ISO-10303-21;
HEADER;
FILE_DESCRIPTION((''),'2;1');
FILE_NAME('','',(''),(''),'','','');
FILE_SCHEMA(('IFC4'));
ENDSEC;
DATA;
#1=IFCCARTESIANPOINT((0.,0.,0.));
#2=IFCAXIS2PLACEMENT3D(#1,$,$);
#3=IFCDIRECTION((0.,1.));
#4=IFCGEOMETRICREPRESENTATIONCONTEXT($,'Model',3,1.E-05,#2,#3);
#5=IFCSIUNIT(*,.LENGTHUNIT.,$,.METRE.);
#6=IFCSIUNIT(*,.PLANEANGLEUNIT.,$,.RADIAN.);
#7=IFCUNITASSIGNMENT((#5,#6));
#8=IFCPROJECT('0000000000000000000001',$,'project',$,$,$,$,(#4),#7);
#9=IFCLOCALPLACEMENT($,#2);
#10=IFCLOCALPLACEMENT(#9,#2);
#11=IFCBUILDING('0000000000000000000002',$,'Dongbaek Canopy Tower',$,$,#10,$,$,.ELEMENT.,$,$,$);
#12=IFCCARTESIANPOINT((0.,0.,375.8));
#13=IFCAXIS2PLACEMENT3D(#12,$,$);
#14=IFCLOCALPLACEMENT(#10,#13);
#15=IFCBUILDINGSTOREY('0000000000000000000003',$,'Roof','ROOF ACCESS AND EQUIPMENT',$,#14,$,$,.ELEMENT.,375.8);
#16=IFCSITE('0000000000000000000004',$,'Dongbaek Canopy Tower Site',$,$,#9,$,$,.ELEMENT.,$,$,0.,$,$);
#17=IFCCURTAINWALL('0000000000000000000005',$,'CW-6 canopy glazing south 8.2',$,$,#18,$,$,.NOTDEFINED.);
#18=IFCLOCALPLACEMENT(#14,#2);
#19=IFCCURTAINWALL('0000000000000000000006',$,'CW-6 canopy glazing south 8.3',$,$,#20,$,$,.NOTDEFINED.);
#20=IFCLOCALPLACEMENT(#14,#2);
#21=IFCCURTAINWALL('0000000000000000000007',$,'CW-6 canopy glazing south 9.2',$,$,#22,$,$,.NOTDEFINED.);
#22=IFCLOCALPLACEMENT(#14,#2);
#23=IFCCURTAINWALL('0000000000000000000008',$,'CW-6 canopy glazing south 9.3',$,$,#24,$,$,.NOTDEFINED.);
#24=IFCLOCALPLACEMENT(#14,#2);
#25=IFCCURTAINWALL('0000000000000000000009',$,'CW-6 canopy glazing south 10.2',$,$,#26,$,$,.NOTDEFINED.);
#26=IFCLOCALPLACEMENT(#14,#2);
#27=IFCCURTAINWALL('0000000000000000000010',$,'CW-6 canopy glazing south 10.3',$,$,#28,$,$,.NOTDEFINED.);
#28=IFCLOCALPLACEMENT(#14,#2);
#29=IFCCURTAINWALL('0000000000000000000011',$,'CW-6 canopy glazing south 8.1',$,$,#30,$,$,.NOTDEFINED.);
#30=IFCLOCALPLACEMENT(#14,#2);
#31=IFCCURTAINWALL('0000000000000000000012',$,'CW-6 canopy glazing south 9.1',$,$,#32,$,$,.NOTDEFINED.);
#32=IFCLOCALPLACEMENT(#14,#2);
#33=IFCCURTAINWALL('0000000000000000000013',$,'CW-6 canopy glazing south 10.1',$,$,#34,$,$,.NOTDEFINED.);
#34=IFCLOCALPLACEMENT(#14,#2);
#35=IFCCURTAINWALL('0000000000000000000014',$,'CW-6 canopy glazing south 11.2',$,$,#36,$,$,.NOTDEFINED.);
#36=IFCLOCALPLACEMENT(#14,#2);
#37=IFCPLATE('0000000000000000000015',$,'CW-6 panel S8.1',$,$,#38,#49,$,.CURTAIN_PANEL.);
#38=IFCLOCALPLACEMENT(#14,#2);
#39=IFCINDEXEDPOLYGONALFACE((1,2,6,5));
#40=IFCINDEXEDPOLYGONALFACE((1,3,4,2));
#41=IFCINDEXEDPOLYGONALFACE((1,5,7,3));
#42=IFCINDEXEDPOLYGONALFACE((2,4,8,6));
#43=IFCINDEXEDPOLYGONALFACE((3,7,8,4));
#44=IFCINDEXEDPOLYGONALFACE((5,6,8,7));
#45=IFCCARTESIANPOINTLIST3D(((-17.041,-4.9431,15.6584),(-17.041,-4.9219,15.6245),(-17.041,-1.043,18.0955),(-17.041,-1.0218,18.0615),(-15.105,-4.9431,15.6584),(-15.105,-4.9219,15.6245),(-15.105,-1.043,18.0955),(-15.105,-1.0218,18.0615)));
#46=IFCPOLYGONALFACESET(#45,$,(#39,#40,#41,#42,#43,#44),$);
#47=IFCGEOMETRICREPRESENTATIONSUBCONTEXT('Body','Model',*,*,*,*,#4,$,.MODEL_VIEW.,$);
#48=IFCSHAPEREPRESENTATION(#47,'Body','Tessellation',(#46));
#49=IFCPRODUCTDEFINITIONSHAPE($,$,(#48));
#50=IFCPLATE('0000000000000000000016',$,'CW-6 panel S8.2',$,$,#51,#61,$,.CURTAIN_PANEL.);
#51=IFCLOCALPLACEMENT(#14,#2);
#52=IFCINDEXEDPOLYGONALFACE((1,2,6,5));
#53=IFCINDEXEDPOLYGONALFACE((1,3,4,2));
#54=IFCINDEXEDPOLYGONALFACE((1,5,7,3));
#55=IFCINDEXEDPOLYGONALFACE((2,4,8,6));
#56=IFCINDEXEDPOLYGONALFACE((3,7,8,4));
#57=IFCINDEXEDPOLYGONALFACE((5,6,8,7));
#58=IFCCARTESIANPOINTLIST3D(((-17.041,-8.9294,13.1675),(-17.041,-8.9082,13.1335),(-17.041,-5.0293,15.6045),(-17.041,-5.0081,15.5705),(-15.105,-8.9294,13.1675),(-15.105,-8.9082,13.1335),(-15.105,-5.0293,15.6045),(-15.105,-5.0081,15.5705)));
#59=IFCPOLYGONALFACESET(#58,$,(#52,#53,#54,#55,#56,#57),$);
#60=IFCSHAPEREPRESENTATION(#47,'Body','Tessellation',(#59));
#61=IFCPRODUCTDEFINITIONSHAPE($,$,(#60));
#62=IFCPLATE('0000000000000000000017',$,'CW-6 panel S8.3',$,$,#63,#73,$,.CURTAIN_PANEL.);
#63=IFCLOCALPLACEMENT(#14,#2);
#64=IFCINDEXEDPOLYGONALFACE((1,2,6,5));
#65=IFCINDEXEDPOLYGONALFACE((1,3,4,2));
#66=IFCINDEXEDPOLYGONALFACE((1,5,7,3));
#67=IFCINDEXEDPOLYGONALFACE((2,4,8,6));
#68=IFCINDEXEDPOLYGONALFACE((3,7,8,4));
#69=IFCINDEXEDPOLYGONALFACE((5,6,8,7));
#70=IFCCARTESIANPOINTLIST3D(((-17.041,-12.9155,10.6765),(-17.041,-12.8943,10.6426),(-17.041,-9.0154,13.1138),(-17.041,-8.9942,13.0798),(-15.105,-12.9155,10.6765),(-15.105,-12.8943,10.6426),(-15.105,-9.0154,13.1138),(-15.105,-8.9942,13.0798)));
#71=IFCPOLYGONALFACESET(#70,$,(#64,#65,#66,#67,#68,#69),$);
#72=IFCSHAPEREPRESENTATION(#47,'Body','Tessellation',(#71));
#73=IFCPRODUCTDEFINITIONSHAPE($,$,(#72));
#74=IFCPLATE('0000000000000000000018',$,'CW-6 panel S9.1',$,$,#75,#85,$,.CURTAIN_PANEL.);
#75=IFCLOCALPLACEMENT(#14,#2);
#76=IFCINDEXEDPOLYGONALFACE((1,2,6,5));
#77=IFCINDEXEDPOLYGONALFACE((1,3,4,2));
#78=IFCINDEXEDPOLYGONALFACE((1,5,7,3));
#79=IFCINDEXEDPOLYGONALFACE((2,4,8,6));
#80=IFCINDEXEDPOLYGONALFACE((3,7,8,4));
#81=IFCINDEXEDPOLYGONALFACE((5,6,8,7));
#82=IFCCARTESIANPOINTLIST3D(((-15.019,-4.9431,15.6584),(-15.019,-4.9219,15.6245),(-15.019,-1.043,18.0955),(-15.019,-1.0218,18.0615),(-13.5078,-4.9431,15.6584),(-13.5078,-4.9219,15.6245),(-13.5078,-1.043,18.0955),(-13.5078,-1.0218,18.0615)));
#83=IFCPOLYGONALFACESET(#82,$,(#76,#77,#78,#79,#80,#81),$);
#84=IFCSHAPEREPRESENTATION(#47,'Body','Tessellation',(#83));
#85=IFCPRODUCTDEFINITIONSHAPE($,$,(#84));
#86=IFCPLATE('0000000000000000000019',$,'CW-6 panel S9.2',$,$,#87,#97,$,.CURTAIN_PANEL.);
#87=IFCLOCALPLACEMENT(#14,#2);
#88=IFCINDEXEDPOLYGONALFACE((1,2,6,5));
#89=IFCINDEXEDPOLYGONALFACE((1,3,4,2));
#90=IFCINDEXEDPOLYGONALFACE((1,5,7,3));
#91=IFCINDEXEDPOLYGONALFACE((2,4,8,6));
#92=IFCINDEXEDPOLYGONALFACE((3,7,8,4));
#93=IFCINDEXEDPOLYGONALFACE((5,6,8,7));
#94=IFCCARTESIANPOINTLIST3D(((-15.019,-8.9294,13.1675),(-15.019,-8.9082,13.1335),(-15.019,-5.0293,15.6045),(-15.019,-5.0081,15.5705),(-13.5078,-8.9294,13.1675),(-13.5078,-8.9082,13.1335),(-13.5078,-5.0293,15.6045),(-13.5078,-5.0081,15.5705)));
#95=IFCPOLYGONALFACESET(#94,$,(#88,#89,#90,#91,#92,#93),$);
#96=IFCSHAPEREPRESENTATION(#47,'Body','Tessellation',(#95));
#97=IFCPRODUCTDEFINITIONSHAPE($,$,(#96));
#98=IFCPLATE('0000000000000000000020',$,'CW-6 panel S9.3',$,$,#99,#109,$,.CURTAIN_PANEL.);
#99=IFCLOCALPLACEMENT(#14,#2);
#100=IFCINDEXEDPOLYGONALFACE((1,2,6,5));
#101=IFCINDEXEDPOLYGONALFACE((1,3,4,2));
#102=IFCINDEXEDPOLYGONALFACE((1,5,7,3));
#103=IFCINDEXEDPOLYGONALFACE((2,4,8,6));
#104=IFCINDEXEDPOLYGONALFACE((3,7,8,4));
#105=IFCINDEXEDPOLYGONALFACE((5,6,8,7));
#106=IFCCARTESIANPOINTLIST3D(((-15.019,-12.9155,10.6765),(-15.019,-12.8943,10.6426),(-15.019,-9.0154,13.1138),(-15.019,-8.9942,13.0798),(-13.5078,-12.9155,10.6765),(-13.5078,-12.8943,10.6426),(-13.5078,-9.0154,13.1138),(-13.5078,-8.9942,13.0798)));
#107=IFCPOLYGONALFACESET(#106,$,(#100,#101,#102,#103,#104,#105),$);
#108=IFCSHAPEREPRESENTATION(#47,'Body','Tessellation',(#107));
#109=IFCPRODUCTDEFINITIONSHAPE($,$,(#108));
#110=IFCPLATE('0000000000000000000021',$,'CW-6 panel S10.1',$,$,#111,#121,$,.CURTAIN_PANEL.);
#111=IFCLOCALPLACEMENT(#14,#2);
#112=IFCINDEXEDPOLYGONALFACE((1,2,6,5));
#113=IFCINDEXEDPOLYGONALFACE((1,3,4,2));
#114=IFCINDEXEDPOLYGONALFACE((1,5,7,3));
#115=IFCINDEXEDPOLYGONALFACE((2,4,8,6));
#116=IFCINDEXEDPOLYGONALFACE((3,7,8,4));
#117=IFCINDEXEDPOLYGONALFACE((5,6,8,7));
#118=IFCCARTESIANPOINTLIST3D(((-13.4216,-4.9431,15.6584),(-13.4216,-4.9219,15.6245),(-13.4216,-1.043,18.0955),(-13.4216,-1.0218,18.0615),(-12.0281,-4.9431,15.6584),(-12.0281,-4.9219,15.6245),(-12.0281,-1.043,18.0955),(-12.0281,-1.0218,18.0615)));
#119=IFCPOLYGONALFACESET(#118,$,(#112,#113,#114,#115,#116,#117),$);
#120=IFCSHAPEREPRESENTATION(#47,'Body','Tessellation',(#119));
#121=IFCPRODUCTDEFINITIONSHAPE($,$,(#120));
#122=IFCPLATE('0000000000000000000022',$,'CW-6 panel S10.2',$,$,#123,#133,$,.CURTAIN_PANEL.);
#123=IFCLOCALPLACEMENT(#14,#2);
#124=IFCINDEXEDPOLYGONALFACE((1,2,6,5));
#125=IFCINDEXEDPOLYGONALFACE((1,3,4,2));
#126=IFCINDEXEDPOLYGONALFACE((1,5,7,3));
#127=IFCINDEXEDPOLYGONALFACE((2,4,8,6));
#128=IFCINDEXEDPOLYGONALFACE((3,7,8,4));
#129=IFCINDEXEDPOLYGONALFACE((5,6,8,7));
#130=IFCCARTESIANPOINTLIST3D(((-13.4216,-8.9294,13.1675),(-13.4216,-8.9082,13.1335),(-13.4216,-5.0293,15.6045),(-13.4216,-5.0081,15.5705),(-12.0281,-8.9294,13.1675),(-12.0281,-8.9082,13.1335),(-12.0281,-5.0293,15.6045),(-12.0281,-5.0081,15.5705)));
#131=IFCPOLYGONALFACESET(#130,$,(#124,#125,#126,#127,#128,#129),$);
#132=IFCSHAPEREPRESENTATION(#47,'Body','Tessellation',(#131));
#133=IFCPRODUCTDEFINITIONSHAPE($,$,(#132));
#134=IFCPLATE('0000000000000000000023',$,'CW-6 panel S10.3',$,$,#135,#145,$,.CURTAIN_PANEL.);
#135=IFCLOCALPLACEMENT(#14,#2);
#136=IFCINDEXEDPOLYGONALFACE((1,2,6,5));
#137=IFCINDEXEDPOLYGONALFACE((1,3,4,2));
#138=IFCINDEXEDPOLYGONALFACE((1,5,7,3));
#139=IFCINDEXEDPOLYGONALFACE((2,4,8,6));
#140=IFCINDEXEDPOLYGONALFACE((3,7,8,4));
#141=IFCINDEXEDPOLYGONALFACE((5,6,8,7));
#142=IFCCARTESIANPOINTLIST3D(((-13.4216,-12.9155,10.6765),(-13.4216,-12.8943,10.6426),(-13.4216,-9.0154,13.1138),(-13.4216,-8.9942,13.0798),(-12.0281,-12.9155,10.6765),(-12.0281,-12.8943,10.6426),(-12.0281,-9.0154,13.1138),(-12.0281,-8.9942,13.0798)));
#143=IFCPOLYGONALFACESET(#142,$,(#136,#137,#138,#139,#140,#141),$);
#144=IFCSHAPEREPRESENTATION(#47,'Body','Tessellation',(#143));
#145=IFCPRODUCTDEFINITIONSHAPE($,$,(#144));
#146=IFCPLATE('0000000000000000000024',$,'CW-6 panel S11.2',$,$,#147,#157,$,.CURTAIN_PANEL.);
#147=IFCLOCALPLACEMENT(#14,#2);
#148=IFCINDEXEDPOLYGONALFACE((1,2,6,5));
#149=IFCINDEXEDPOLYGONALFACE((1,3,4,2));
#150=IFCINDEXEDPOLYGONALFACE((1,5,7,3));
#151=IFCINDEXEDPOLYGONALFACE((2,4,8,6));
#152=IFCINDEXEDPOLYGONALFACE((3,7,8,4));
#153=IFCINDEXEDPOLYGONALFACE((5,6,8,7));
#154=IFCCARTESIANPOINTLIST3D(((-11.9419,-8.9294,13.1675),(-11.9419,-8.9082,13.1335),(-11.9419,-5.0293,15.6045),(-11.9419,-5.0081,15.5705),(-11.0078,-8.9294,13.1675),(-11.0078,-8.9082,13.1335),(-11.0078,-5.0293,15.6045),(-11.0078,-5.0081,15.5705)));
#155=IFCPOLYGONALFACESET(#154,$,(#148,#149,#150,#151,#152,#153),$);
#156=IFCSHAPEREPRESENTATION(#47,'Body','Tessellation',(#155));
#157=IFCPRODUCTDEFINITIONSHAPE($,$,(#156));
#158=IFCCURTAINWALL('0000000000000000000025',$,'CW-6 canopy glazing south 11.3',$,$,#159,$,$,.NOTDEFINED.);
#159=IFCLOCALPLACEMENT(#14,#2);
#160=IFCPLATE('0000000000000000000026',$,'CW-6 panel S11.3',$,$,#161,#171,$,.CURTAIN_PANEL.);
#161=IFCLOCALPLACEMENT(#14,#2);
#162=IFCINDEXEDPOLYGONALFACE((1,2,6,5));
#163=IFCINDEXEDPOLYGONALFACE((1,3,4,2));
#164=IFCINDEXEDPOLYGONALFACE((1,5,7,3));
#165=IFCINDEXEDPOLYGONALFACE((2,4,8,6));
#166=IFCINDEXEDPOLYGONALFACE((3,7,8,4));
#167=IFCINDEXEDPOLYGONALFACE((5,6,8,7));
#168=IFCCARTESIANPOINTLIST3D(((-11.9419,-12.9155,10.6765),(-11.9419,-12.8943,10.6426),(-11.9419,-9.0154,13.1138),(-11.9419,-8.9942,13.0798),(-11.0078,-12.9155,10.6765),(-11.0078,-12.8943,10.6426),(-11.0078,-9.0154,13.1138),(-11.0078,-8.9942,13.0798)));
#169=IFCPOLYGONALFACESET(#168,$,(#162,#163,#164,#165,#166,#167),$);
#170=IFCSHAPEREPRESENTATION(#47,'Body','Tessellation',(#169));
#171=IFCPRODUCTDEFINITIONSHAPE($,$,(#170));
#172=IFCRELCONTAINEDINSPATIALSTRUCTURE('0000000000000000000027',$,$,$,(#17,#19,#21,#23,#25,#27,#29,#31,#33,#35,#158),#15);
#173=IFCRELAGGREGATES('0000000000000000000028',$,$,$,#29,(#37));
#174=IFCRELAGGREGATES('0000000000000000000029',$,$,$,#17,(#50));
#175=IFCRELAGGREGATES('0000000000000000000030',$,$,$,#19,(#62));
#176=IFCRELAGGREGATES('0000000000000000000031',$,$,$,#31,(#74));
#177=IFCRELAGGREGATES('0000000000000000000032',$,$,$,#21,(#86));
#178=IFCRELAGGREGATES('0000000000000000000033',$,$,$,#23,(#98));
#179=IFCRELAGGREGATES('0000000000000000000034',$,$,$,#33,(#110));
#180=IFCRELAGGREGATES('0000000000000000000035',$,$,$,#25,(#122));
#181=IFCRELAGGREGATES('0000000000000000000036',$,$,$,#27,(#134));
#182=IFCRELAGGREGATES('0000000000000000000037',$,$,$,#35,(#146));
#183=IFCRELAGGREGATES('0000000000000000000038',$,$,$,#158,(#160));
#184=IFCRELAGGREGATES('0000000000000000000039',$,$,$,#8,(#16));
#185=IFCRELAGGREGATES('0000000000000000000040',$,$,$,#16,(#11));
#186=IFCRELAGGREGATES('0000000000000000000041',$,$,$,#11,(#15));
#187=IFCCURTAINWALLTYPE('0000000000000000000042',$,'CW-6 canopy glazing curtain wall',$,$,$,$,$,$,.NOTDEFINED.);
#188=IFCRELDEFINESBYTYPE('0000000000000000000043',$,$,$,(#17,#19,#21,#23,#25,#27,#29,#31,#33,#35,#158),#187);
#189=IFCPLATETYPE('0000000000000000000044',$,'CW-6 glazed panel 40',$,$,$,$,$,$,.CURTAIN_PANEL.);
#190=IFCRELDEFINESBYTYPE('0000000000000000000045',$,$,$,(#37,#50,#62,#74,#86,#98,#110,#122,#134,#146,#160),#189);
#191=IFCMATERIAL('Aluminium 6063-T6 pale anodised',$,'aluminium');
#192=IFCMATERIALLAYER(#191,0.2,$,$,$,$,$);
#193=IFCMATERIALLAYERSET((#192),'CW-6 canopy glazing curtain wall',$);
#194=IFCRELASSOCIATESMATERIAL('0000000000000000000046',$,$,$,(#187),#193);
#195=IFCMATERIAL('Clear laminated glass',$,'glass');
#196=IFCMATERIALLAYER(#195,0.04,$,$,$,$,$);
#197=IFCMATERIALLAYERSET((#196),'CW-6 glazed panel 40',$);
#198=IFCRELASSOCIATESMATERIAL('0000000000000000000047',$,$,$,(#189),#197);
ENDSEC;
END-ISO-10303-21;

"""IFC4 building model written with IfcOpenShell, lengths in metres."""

from ifc_helpers import new_model, si_unit, direction, frame, origin, place, context, subcontext, project, spatial, polyline, outline, extrude, material, layer, layer_set, type_object, element, aggregate, save


model = new_model("IFC4")

# Units and contexts
model_context = context("Model", 3, precision=1e-05, world=origin(), true_north=direction((0.0, 1.0)))
body_context = subcontext(model_context, "Body", "Model", "MODEL_VIEW")
ifc_project = project(units=[si_unit("LENGTHUNIT", "METRE"), si_unit("PLANEANGLEUNIT", "RADIAN")], contexts=[model_context])

# Site, building, storey
site_placement = place(None, origin())
site = spatial("IfcSite", under=ifc_project, at=site_placement, Name="Dongbaek Canopy Tower Site", CompositionType="ELEMENT", RefElevation=0.0)
building_placement = place(site_placement, origin())
building = spatial("IfcBuilding", under=site, at=building_placement, Name="Dongbaek Canopy Tower", CompositionType="ELEMENT")
storey_placement = place(building_placement, frame((0.0, 0.0, 375.8)))
storey = spatial("IfcBuildingStorey", under=building, at=storey_placement, Name="Roof", Description="ROOF ACCESS AND EQUIPMENT", CompositionType="ELEMENT", Elevation=375.8)

# Curtain walls
ifc_material_1 = material(Name="Aluminium 6063-T6 pale anodised", Category="aluminium")
ifc_layer_1 = layer(ifc_material_1, 0.2)
ifc_layer_set_1 = layer_set([ifc_layer_1], Name="CW-6 canopy glazing curtain wall")
curtain_wall_type = type_object("IfcCurtainWallType", Name="CW-6 canopy glazing curtain wall", PredefinedType="NOTDEFINED", material=ifc_layer_set_1)
curtain_wall_1_placement = place(storey_placement, origin())
curtain_wall_1 = element("IfcCurtainWall", 1, at=curtain_wall_1_placement, inside=storey, type_object=curtain_wall_type, Name="CW-6 canopy glazing south 8.2", PredefinedType="NOTDEFINED")
curtain_wall_2_placement = place(storey_placement, origin())
curtain_wall_2 = element("IfcCurtainWall", 2, at=curtain_wall_2_placement, inside=storey, type_object=curtain_wall_type, Name="CW-6 canopy glazing south 8.3", PredefinedType="NOTDEFINED")
curtain_wall_3_placement = place(storey_placement, origin())
curtain_wall_3 = element("IfcCurtainWall", 3, at=curtain_wall_3_placement, inside=storey, type_object=curtain_wall_type, Name="CW-6 canopy glazing south 9.2", PredefinedType="NOTDEFINED")
curtain_wall_4_placement = place(storey_placement, origin())
curtain_wall_4 = element("IfcCurtainWall", 4, at=curtain_wall_4_placement, inside=storey, type_object=curtain_wall_type, Name="CW-6 canopy glazing south 9.3", PredefinedType="NOTDEFINED")
curtain_wall_5_placement = place(storey_placement, origin())
curtain_wall_5 = element("IfcCurtainWall", 5, at=curtain_wall_5_placement, inside=storey, type_object=curtain_wall_type, Name="CW-6 canopy glazing south 10.2", PredefinedType="NOTDEFINED")
curtain_wall_6_placement = place(storey_placement, origin())
curtain_wall_6 = element("IfcCurtainWall", 6, at=curtain_wall_6_placement, inside=storey, type_object=curtain_wall_type, Name="CW-6 canopy glazing south 10.3", PredefinedType="NOTDEFINED")
curtain_wall_7_placement = place(storey_placement, origin())
curtain_wall_7 = element("IfcCurtainWall", 7, at=curtain_wall_7_placement, inside=storey, type_object=curtain_wall_type, Name="CW-6 canopy glazing south 8.1", PredefinedType="NOTDEFINED")
curtain_wall_8_placement = place(storey_placement, origin())
curtain_wall_8 = element("IfcCurtainWall", 8, at=curtain_wall_8_placement, inside=storey, type_object=curtain_wall_type, Name="CW-6 canopy glazing south 9.1", PredefinedType="NOTDEFINED")

# Curtain wall
curtain_wall_9_placement = place(storey_placement, origin())
curtain_wall_9 = element("IfcCurtainWall", 9, at=curtain_wall_9_placement, inside=storey, type_object=curtain_wall_type, Name="CW-6 canopy glazing south 10.1", PredefinedType="NOTDEFINED")

# Curtain wall
curtain_wall_10_placement = place(storey_placement, origin())
curtain_wall_10 = element("IfcCurtainWall", 10, at=curtain_wall_10_placement, inside=storey, type_object=curtain_wall_type, Name="CW-6 canopy glazing south 11.2", PredefinedType="NOTDEFINED")

# Plates
ifc_material_2 = material(Name="Clear laminated glass", Category="glass")
ifc_layer_2 = layer(ifc_material_2, 0.04)
ifc_layer_set_2 = layer_set([ifc_layer_2], Name="CW-6 glazed panel 40")
plate_type = type_object("IfcPlateType", Name="CW-6 glazed panel 40", PredefinedType="CURTAIN_PANEL", material=ifc_layer_set_2)
plate_1_placement = place(storey_placement, frame((-17.041, -1.043, 18.0955), z_axis=(0.0, -0.529908, 0.848055), x_axis=(1.0, 0.0, 0.0)))
plate_1 = element("IfcPlate", 11, at=plate_1_placement, type_object=plate_type, Name="CW-6 panel S8.1", PredefinedType="CURTAIN_PANEL", context=body_context, shape_type="SweptSolid", body=[
    extrude(outline(polyline([(0.0, 0.0), (1.936, 0.0), (1.936, -4.5989), (0.0, -4.5989), (0.0, 0.0)])), origin(), (0.0, 0.0, -1.0), 0.04),
])
aggregate(curtain_wall_7, [plate_1])
plate_2_placement = place(storey_placement, frame((-17.041, -5.0293, 15.6045), z_axis=(0.0, -0.529908, 0.848055), x_axis=(1.0, 0.0, 0.0)))
plate_2 = element("IfcPlate", 12, at=plate_2_placement, type_object=plate_type, Name="CW-6 panel S8.2", PredefinedType="CURTAIN_PANEL", context=body_context, shape_type="SweptSolid", body=[
    extrude(outline(polyline([(0.0, 0.0), (1.936, 0.0), (1.936, -4.5989), (0.0, -4.5989), (0.0, 0.0)])), origin(), (0.0, 0.0, -1.0), 0.04),
])
aggregate(curtain_wall_1, [plate_2])
plate_3_placement = place(storey_placement, frame((-17.041, -9.0154, 13.1138), z_axis=(0.0, -0.529946, 0.848031), x_axis=(1.0, 0.0, 0.0)))
plate_3 = element("IfcPlate", 13, at=plate_3_placement, type_object=plate_type, Name="CW-6 panel S8.3", PredefinedType="CURTAIN_PANEL", context=body_context, shape_type="SweptSolid", body=[
    extrude(outline(polyline([(0.0, 0.0), (1.936, 0.0), (1.936, -4.5991), (0.0, -4.5991), (0.0, 0.0)])), origin(), (0.0, 0.0, -1.0), 0.04),
])
aggregate(curtain_wall_2, [plate_3])
plate_4_placement = place(storey_placement, frame((-15.019, -1.043, 18.0955), z_axis=(0.0, -0.529908, 0.848055), x_axis=(1.0, 0.0, 0.0)))
plate_4 = element("IfcPlate", 14, at=plate_4_placement, type_object=plate_type, Name="CW-6 panel S9.1", PredefinedType="CURTAIN_PANEL", context=body_context, shape_type="SweptSolid", body=[
    extrude(outline(polyline([(0.0, 0.0), (1.5112, 0.0), (1.5112, -4.5989), (0.0, -4.5989), (0.0, 0.0)])), origin(), (0.0, 0.0, -1.0), 0.04),
])
aggregate(curtain_wall_8, [plate_4])
plate_5_placement = place(storey_placement, frame((-15.019, -5.0293, 15.6045), z_axis=(0.0, -0.529908, 0.848055), x_axis=(1.0, 0.0, 0.0)))
plate_5 = element("IfcPlate", 15, at=plate_5_placement, type_object=plate_type, Name="CW-6 panel S9.2", PredefinedType="CURTAIN_PANEL", context=body_context, shape_type="SweptSolid", body=[
    extrude(outline(polyline([(0.0, 0.0), (1.5112, 0.0), (1.5112, -4.5989), (0.0, -4.5989), (0.0, 0.0)])), origin(), (0.0, 0.0, -1.0), 0.04),
])
aggregate(curtain_wall_3, [plate_5])
plate_6_placement = place(storey_placement, frame((-15.019, -9.0154, 13.1138), z_axis=(0.0, -0.529946, 0.848031), x_axis=(1.0, 0.0, 0.0)))
plate_6 = element("IfcPlate", 16, at=plate_6_placement, type_object=plate_type, Name="CW-6 panel S9.3", PredefinedType="CURTAIN_PANEL", context=body_context, shape_type="SweptSolid", body=[
    extrude(outline(polyline([(0.0, 0.0), (1.5112, 0.0), (1.5112, -4.5991), (0.0, -4.5991), (0.0, 0.0)])), origin(), (0.0, 0.0, -1.0), 0.04),
])
aggregate(curtain_wall_4, [plate_6])
plate_7_placement = place(storey_placement, frame((-13.4216, -1.043, 18.0955), z_axis=(0.0, -0.529908, 0.848055), x_axis=(1.0, 0.0, 0.0)))
plate_7 = element("IfcPlate", 17, at=plate_7_placement, type_object=plate_type, Name="CW-6 panel S10.1", PredefinedType="CURTAIN_PANEL", context=body_context, shape_type="SweptSolid", body=[
    extrude(outline(polyline([(0.0, 0.0), (1.3936, 0.0), (1.3936, -4.5989), (0.0, -4.5989), (0.0, 0.0)])), origin(), (0.0, 0.0, -1.0), 0.04),
])
aggregate(curtain_wall_9, [plate_7])
plate_8_placement = place(storey_placement, frame((-13.4216, -5.0293, 15.6045), z_axis=(0.0, -0.529908, 0.848055), x_axis=(1.0, 0.0, 0.0)))
plate_8 = element("IfcPlate", 18, at=plate_8_placement, type_object=plate_type, Name="CW-6 panel S10.2", PredefinedType="CURTAIN_PANEL", context=body_context, shape_type="SweptSolid", body=[
    extrude(outline(polyline([(0.0, 0.0), (1.3936, 0.0), (1.3936, -4.5989), (0.0, -4.5989), (0.0, 0.0)])), origin(), (0.0, 0.0, -1.0), 0.04),
])
aggregate(curtain_wall_5, [plate_8])
plate_9_placement = place(storey_placement, frame((-13.4216, -9.0154, 13.1138), z_axis=(0.0, -0.529946, 0.848031), x_axis=(1.0, 0.0, 0.0)))
plate_9 = element("IfcPlate", 19, at=plate_9_placement, type_object=plate_type, Name="CW-6 panel S10.3", PredefinedType="CURTAIN_PANEL", context=body_context, shape_type="SweptSolid", body=[
    extrude(outline(polyline([(0.0, 0.0), (1.3936, 0.0), (1.3936, -4.5991), (0.0, -4.5991), (0.0, 0.0)])), origin(), (0.0, 0.0, -1.0), 0.04),
])
aggregate(curtain_wall_6, [plate_9])
plate_10_placement = place(storey_placement, frame((-11.9419, -5.0293, 15.6045), z_axis=(0.0, -0.529908, 0.848055), x_axis=(1.0, 0.0, 0.0)))
plate_10 = element("IfcPlate", 20, at=plate_10_placement, type_object=plate_type, Name="CW-6 panel S11.2", PredefinedType="CURTAIN_PANEL", context=body_context, shape_type="SweptSolid", body=[
    extrude(outline(polyline([(0.0, 0.0), (0.9341, 0.0), (0.9341, -4.5989), (0.0, -4.5989), (0.0, 0.0)])), origin(), (0.0, 0.0, -1.0), 0.04),
])
aggregate(curtain_wall_10, [plate_10])

# Curtain wall, plate
curtain_wall_11_placement = place(storey_placement, origin())
curtain_wall_11 = element("IfcCurtainWall", 21, at=curtain_wall_11_placement, inside=storey, type_object=curtain_wall_type, Name="CW-6 canopy glazing south 11.3", PredefinedType="NOTDEFINED")
plate_11_placement = place(storey_placement, frame((-11.9419, -9.0154, 13.1138), z_axis=(0.0, -0.529946, 0.848031), x_axis=(1.0, 0.0, 0.0)))
plate_11 = element("IfcPlate", 22, at=plate_11_placement, type_object=plate_type, Name="CW-6 panel S11.3", PredefinedType="CURTAIN_PANEL", context=body_context, shape_type="SweptSolid", body=[
    extrude(outline(polyline([(0.0, 0.0), (0.9341, 0.0), (0.9341, -4.5991), (0.0, -4.5991), (0.0, 0.0)])), origin(), (0.0, 0.0, -1.0), 0.04),
])
aggregate(curtain_wall_11, [plate_11])

save(model, "model.ifc")
